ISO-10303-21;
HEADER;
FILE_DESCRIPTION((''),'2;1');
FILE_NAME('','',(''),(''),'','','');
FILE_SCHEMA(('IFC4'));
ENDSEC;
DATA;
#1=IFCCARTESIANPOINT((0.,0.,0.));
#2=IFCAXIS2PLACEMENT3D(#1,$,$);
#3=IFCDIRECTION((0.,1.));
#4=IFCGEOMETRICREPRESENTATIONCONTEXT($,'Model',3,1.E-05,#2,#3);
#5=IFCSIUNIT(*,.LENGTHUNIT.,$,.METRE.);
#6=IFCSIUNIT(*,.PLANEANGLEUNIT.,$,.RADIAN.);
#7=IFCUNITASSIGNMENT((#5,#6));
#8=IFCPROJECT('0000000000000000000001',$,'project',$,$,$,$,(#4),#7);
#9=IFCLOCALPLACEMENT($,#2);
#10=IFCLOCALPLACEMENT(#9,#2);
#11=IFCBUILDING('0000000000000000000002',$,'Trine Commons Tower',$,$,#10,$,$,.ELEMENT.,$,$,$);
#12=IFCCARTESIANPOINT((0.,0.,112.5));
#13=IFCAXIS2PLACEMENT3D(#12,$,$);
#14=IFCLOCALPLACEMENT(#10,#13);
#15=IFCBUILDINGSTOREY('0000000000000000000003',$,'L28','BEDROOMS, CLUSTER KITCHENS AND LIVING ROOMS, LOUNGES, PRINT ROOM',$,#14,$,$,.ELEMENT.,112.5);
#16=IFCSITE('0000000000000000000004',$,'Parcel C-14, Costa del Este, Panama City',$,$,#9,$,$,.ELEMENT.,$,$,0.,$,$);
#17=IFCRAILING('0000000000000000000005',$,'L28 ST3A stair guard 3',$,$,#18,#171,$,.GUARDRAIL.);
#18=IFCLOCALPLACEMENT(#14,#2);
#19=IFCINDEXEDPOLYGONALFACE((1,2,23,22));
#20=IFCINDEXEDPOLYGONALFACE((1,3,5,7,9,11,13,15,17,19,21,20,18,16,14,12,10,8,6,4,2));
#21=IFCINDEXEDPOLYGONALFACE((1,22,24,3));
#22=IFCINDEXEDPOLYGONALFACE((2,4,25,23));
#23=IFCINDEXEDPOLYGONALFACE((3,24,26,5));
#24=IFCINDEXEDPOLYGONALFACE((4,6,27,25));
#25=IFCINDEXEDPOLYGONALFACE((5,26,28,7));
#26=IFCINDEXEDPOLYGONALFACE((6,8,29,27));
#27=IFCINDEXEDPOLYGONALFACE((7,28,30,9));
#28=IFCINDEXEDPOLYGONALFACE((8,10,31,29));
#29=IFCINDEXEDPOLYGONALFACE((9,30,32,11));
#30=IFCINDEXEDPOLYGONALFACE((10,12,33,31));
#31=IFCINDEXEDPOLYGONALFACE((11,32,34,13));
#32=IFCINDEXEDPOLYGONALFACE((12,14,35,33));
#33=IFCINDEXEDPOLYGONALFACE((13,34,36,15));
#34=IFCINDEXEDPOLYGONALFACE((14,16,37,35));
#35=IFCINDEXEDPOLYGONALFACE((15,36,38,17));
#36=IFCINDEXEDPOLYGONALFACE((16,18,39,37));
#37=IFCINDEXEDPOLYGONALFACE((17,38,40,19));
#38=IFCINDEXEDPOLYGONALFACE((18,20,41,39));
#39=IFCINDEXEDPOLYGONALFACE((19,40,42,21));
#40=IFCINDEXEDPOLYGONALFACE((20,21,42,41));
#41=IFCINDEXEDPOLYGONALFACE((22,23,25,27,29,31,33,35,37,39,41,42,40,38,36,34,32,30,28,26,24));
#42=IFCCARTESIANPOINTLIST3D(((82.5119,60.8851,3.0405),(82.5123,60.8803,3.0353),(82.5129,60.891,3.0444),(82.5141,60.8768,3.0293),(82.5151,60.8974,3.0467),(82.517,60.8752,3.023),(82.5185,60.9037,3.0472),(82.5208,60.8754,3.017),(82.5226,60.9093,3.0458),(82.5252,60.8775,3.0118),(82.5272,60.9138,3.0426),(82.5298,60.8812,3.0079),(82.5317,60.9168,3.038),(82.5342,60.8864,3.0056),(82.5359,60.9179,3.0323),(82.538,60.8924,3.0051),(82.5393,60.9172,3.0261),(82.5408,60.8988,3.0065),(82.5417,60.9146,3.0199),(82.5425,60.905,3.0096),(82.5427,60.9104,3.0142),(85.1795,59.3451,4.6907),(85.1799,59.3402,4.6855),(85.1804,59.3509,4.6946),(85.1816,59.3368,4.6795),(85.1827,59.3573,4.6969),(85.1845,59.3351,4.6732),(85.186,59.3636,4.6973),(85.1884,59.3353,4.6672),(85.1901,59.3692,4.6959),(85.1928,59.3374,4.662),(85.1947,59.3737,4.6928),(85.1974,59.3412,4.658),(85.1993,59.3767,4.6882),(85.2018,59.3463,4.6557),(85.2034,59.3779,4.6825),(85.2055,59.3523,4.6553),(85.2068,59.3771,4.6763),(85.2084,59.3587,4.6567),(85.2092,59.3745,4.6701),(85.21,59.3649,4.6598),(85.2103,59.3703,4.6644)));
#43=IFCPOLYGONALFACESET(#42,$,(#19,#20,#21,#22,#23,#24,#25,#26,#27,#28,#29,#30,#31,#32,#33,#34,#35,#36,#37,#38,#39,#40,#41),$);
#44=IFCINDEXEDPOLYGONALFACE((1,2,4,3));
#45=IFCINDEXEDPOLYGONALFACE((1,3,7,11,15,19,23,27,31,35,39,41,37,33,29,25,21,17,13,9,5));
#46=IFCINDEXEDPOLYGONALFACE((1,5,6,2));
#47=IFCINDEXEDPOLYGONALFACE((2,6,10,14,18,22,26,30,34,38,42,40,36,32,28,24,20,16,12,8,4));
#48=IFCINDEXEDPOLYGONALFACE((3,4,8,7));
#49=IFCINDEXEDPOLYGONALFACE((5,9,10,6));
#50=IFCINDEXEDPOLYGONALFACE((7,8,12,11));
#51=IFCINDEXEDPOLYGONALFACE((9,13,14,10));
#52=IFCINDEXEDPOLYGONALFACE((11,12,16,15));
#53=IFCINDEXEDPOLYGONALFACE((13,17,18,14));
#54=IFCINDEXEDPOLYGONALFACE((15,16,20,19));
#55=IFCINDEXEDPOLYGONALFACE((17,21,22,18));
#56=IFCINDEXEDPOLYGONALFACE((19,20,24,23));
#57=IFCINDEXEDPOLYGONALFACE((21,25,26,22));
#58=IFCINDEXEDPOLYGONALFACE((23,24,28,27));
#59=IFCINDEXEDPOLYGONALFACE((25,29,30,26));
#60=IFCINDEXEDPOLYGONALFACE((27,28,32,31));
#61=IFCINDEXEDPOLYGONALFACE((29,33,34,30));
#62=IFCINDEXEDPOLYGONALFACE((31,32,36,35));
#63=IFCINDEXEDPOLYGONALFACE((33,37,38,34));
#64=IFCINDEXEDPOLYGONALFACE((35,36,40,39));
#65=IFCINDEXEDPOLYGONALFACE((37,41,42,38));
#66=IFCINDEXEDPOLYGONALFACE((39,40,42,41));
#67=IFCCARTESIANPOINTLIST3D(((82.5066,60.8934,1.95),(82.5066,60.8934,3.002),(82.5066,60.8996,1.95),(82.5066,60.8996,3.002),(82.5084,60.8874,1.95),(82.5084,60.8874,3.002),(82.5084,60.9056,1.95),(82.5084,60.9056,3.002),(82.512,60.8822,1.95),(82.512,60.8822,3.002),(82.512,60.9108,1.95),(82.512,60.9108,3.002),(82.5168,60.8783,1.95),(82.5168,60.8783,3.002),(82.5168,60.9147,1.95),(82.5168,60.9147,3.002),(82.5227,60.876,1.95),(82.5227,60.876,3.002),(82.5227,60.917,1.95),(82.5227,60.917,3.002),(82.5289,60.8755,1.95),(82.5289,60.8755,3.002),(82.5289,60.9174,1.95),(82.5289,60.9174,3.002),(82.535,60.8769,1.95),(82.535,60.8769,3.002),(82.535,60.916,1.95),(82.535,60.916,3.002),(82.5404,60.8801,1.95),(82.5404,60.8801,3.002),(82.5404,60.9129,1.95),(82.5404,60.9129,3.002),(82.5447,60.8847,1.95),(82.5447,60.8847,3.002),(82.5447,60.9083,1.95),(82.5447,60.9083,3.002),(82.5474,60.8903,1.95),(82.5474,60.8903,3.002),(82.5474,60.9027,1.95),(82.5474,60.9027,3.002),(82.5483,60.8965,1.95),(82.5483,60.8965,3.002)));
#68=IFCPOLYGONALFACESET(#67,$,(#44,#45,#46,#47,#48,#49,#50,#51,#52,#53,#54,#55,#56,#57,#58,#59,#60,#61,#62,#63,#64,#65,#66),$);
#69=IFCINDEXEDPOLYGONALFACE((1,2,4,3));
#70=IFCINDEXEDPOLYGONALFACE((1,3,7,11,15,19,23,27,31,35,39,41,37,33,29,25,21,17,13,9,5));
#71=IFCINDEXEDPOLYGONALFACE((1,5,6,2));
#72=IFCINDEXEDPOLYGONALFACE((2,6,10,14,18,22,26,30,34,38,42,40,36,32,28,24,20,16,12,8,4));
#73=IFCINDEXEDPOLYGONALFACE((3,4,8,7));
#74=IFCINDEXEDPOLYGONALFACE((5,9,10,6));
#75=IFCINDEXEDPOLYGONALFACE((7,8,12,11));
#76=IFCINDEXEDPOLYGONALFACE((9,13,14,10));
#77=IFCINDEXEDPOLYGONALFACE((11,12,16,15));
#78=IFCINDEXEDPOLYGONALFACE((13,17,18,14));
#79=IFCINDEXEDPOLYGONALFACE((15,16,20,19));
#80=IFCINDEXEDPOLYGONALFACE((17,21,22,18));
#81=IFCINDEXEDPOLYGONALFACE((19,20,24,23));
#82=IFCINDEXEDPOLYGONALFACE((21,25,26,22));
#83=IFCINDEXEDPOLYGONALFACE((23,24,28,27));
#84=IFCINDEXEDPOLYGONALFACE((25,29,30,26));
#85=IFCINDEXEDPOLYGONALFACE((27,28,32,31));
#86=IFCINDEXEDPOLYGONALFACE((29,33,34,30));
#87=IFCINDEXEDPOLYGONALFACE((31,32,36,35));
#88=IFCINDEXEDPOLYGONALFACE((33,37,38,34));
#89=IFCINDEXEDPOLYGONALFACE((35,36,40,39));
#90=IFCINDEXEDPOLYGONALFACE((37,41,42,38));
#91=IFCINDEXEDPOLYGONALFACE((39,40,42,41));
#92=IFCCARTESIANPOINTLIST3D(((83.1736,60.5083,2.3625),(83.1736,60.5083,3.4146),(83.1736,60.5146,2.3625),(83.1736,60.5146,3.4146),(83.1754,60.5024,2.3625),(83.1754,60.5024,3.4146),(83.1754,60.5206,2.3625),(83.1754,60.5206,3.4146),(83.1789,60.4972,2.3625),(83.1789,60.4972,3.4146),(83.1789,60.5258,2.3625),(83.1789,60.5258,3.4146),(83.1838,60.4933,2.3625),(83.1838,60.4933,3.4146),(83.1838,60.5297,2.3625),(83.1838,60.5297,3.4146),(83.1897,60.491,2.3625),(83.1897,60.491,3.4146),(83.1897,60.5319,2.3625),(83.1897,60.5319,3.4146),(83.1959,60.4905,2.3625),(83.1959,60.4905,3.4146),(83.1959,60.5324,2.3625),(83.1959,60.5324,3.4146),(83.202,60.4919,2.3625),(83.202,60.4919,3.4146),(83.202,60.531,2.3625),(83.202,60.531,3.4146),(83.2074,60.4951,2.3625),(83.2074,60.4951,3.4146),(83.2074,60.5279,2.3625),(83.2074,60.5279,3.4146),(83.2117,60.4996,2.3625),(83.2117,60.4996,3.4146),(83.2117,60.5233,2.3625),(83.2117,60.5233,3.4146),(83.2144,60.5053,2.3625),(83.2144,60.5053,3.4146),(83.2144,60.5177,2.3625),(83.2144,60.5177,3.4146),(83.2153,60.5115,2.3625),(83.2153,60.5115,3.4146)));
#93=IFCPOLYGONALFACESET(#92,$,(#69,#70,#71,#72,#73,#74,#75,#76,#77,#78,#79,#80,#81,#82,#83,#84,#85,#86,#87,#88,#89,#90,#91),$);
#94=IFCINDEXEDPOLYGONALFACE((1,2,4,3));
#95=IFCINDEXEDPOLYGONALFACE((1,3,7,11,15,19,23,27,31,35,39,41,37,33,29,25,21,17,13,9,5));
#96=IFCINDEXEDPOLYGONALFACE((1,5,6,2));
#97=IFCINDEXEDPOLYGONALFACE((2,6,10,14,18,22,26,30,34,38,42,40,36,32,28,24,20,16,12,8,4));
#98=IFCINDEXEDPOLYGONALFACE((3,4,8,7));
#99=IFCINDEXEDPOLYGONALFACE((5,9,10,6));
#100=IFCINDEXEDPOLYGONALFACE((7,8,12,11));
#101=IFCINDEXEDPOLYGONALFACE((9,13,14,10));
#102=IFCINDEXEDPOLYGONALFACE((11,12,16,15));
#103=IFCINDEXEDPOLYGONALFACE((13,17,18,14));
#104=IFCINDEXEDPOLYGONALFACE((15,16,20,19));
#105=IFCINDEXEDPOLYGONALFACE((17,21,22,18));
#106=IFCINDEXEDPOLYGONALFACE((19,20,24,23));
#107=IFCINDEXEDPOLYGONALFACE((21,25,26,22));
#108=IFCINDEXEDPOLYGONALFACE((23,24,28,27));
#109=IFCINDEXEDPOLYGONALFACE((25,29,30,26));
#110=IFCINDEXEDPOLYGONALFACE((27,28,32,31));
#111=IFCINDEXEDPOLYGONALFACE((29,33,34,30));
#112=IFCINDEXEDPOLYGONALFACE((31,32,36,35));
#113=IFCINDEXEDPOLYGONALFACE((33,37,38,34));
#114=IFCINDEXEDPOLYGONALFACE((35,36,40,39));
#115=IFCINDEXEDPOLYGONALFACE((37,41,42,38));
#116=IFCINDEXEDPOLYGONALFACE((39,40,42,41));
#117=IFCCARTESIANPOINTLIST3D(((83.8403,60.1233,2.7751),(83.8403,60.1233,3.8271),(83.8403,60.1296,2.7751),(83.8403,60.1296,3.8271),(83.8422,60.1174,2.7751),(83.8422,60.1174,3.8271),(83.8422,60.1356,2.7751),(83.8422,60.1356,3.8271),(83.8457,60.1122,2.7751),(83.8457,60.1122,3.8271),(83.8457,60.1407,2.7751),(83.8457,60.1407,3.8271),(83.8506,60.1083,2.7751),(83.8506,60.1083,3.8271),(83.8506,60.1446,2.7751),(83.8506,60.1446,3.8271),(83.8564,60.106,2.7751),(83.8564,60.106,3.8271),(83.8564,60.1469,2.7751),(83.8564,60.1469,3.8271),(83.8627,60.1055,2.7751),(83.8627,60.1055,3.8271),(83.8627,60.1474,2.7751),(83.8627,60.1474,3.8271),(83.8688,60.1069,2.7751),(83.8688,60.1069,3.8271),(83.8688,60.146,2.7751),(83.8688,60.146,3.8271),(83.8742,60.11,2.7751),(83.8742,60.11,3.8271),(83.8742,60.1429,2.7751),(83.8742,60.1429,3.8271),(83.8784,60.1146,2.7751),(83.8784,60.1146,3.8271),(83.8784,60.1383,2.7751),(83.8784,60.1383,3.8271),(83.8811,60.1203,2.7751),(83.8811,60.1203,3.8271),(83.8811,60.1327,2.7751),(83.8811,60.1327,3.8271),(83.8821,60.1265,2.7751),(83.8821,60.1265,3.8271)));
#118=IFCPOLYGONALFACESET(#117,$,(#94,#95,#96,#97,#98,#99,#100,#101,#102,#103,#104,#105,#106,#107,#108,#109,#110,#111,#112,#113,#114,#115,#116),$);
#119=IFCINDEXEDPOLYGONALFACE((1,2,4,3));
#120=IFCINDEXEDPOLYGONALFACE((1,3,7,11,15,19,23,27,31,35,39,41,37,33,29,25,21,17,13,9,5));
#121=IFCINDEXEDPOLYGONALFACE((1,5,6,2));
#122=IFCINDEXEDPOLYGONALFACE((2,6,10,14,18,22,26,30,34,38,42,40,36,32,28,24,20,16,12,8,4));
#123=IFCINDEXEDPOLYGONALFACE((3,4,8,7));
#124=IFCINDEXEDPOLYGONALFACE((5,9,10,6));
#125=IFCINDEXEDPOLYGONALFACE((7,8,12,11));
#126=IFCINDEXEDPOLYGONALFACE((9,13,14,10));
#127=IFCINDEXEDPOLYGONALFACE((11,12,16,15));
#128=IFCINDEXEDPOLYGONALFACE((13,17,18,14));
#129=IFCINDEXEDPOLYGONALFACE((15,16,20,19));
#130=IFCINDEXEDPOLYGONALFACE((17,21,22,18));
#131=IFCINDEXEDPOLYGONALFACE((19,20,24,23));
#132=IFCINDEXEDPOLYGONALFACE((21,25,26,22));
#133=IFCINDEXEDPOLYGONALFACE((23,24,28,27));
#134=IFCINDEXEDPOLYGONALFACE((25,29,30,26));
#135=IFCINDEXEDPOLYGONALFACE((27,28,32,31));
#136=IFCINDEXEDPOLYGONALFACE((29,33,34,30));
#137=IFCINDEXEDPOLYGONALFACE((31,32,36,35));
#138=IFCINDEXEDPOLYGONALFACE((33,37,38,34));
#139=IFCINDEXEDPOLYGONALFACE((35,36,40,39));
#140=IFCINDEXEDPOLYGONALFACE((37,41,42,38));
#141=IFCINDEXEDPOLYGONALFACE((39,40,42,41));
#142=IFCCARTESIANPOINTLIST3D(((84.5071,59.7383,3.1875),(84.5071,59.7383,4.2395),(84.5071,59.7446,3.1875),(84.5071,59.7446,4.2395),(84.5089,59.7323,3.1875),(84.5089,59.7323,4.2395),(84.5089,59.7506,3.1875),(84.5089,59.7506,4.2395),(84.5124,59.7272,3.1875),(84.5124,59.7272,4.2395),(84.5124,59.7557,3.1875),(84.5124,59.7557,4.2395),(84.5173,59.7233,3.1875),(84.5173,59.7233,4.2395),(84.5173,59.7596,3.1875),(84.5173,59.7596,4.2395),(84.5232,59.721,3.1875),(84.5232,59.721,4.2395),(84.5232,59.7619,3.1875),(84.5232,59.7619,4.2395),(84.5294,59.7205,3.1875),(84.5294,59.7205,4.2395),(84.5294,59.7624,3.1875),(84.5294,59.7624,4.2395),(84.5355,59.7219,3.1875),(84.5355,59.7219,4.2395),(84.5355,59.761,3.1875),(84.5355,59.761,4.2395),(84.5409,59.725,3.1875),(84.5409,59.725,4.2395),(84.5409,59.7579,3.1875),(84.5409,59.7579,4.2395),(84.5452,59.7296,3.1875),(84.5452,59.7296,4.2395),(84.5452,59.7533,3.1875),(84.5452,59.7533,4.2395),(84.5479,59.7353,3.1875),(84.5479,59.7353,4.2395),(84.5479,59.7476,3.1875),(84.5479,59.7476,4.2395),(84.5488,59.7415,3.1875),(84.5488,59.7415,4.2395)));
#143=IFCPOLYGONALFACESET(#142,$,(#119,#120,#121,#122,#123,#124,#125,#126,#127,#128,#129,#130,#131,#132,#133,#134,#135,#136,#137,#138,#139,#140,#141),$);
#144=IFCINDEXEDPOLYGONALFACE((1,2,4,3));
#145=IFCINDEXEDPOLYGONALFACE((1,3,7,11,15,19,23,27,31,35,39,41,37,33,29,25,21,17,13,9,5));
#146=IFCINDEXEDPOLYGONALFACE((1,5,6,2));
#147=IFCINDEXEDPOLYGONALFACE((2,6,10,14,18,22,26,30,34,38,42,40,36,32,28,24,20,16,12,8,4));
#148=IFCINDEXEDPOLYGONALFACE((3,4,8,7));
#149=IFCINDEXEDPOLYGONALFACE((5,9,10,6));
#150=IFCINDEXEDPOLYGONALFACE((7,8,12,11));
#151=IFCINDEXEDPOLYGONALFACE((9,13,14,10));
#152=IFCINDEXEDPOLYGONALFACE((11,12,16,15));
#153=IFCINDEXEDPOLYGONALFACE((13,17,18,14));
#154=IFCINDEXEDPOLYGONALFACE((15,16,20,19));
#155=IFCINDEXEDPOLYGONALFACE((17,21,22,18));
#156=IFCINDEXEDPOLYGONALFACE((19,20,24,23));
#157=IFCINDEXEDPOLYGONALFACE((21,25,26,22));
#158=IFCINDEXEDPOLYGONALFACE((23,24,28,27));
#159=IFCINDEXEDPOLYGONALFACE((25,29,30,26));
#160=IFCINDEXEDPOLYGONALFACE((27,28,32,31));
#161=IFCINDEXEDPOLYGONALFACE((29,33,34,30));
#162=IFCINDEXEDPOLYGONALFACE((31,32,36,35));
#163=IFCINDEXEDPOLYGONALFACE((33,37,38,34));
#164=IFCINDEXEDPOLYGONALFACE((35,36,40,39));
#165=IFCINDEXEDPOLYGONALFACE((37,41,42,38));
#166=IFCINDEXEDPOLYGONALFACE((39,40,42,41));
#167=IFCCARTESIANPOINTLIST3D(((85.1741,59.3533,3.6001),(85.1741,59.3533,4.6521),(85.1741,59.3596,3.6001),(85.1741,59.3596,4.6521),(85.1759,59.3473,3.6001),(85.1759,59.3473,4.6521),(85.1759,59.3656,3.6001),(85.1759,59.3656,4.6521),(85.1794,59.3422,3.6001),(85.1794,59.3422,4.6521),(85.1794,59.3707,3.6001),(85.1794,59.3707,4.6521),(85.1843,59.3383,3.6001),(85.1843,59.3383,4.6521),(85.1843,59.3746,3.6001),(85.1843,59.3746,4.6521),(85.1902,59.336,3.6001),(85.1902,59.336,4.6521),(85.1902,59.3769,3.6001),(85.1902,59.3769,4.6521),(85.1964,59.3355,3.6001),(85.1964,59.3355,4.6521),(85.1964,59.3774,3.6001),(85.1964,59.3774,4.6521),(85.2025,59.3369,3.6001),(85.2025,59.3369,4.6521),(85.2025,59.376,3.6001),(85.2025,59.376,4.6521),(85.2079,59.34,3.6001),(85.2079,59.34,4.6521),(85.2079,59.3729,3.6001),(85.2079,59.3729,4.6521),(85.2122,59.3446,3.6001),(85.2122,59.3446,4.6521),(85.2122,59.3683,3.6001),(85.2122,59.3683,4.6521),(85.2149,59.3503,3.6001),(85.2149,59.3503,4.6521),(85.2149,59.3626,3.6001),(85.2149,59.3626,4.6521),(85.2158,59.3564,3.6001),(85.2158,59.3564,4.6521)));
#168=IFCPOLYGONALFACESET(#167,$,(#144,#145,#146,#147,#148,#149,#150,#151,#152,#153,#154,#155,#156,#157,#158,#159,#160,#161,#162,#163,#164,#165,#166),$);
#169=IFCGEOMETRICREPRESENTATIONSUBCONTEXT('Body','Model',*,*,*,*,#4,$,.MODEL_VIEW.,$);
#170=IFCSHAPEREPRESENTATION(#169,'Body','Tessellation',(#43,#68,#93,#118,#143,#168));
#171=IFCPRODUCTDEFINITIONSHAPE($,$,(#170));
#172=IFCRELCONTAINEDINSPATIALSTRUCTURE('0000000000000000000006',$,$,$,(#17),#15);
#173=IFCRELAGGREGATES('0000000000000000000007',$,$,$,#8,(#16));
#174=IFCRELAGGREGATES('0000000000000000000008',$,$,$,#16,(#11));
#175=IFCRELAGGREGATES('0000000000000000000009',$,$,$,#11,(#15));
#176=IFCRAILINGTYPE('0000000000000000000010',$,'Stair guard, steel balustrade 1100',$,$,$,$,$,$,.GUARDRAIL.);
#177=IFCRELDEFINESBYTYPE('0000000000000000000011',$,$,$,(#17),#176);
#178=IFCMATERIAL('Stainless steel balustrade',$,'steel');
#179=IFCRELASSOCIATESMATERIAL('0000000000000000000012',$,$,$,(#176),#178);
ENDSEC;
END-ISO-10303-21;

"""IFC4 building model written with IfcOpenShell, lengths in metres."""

from ifc_helpers import new_model, si_unit, direction, frame, origin, origin_2d, place, context, subcontext, project, spatial, circle, extrude, material, type_object, element, save


model = new_model("IFC4")

# Units and contexts
model_context = context("Model", 3, precision=1e-05, world=origin(), true_north=direction((0.0, 1.0)))
body_context = subcontext(model_context, "Body", "Model", "MODEL_VIEW")
ifc_project = project(units=[si_unit("LENGTHUNIT", "METRE"), si_unit("PLANEANGLEUNIT", "RADIAN")], contexts=[model_context])

# Site, building, storey
site_placement = place(None, origin())
site = spatial("IfcSite", under=ifc_project, at=site_placement, Name="Parcel C-14, Costa del Este, Panama City", CompositionType="ELEMENT", RefElevation=0.0)
building_placement = place(site_placement, origin())
building = spatial("IfcBuilding", under=site, at=building_placement, Name="Trine Commons Tower", CompositionType="ELEMENT")
storey_placement = place(building_placement, frame((0.0, 0.0, 112.5)))
storey = spatial("IfcBuildingStorey", under=building, at=storey_placement, Name="L28", Description="BEDROOMS, CLUSTER KITCHENS AND LIVING ROOMS, LOUNGES, PRINT ROOM", CompositionType="ELEMENT", Elevation=112.5)

# Railing
ifc_material_1 = material(Name="Stainless steel balustrade", Category="steel")
railing_type_1 = type_object("IfcRailingType", Name="Stair guard, steel balustrade 1100", PredefinedType="GUARDRAIL", material=ifc_material_1)
railing_1_placement = place(storey_placement, frame((82.5273, 60.8965, 1.95)))
element("IfcRailing", 1, at=railing_1_placement, inside=storey, type_object=railing_type_1, Name="L28 ST3A stair guard 3", PredefinedType="GUARDRAIL", context=body_context, shape_type="SweptSolid", body=[
    extrude(circle(Radius=0.0239, at=origin_2d()), frame((0.0, 0.0, 1.0762), z_axis=(0.76338, -0.440728, 0.472239), x_axis=(0.499992, 0.86603, 0.0)), (0.0, 0.0, 1.0), 3.4944),
    extrude(circle(Radius=0.021, at=origin_2d()), origin(), (0.0, 0.0, 1.0), 1.052),
    extrude(circle(Radius=0.021, at=origin_2d()), frame((0.667, -0.385, 0.4126)), (0.0, 0.0, 1.0), 1.052),
    extrude(circle(Radius=0.021, at=origin_2d()), frame((1.3337, -0.77, 0.8252)), (0.0, 0.0, 1.0), 1.052),
    extrude(circle(Radius=0.021, at=origin_2d()), frame((2.0005, -1.155, 1.2375)), (0.0, 0.0, 1.0), 1.052),
    extrude(circle(Radius=0.021, at=origin_2d()), frame((2.6675, -1.54, 1.6501)), (0.0, 0.0, 1.0), 1.052),
])

save(model, "model.ifc")
